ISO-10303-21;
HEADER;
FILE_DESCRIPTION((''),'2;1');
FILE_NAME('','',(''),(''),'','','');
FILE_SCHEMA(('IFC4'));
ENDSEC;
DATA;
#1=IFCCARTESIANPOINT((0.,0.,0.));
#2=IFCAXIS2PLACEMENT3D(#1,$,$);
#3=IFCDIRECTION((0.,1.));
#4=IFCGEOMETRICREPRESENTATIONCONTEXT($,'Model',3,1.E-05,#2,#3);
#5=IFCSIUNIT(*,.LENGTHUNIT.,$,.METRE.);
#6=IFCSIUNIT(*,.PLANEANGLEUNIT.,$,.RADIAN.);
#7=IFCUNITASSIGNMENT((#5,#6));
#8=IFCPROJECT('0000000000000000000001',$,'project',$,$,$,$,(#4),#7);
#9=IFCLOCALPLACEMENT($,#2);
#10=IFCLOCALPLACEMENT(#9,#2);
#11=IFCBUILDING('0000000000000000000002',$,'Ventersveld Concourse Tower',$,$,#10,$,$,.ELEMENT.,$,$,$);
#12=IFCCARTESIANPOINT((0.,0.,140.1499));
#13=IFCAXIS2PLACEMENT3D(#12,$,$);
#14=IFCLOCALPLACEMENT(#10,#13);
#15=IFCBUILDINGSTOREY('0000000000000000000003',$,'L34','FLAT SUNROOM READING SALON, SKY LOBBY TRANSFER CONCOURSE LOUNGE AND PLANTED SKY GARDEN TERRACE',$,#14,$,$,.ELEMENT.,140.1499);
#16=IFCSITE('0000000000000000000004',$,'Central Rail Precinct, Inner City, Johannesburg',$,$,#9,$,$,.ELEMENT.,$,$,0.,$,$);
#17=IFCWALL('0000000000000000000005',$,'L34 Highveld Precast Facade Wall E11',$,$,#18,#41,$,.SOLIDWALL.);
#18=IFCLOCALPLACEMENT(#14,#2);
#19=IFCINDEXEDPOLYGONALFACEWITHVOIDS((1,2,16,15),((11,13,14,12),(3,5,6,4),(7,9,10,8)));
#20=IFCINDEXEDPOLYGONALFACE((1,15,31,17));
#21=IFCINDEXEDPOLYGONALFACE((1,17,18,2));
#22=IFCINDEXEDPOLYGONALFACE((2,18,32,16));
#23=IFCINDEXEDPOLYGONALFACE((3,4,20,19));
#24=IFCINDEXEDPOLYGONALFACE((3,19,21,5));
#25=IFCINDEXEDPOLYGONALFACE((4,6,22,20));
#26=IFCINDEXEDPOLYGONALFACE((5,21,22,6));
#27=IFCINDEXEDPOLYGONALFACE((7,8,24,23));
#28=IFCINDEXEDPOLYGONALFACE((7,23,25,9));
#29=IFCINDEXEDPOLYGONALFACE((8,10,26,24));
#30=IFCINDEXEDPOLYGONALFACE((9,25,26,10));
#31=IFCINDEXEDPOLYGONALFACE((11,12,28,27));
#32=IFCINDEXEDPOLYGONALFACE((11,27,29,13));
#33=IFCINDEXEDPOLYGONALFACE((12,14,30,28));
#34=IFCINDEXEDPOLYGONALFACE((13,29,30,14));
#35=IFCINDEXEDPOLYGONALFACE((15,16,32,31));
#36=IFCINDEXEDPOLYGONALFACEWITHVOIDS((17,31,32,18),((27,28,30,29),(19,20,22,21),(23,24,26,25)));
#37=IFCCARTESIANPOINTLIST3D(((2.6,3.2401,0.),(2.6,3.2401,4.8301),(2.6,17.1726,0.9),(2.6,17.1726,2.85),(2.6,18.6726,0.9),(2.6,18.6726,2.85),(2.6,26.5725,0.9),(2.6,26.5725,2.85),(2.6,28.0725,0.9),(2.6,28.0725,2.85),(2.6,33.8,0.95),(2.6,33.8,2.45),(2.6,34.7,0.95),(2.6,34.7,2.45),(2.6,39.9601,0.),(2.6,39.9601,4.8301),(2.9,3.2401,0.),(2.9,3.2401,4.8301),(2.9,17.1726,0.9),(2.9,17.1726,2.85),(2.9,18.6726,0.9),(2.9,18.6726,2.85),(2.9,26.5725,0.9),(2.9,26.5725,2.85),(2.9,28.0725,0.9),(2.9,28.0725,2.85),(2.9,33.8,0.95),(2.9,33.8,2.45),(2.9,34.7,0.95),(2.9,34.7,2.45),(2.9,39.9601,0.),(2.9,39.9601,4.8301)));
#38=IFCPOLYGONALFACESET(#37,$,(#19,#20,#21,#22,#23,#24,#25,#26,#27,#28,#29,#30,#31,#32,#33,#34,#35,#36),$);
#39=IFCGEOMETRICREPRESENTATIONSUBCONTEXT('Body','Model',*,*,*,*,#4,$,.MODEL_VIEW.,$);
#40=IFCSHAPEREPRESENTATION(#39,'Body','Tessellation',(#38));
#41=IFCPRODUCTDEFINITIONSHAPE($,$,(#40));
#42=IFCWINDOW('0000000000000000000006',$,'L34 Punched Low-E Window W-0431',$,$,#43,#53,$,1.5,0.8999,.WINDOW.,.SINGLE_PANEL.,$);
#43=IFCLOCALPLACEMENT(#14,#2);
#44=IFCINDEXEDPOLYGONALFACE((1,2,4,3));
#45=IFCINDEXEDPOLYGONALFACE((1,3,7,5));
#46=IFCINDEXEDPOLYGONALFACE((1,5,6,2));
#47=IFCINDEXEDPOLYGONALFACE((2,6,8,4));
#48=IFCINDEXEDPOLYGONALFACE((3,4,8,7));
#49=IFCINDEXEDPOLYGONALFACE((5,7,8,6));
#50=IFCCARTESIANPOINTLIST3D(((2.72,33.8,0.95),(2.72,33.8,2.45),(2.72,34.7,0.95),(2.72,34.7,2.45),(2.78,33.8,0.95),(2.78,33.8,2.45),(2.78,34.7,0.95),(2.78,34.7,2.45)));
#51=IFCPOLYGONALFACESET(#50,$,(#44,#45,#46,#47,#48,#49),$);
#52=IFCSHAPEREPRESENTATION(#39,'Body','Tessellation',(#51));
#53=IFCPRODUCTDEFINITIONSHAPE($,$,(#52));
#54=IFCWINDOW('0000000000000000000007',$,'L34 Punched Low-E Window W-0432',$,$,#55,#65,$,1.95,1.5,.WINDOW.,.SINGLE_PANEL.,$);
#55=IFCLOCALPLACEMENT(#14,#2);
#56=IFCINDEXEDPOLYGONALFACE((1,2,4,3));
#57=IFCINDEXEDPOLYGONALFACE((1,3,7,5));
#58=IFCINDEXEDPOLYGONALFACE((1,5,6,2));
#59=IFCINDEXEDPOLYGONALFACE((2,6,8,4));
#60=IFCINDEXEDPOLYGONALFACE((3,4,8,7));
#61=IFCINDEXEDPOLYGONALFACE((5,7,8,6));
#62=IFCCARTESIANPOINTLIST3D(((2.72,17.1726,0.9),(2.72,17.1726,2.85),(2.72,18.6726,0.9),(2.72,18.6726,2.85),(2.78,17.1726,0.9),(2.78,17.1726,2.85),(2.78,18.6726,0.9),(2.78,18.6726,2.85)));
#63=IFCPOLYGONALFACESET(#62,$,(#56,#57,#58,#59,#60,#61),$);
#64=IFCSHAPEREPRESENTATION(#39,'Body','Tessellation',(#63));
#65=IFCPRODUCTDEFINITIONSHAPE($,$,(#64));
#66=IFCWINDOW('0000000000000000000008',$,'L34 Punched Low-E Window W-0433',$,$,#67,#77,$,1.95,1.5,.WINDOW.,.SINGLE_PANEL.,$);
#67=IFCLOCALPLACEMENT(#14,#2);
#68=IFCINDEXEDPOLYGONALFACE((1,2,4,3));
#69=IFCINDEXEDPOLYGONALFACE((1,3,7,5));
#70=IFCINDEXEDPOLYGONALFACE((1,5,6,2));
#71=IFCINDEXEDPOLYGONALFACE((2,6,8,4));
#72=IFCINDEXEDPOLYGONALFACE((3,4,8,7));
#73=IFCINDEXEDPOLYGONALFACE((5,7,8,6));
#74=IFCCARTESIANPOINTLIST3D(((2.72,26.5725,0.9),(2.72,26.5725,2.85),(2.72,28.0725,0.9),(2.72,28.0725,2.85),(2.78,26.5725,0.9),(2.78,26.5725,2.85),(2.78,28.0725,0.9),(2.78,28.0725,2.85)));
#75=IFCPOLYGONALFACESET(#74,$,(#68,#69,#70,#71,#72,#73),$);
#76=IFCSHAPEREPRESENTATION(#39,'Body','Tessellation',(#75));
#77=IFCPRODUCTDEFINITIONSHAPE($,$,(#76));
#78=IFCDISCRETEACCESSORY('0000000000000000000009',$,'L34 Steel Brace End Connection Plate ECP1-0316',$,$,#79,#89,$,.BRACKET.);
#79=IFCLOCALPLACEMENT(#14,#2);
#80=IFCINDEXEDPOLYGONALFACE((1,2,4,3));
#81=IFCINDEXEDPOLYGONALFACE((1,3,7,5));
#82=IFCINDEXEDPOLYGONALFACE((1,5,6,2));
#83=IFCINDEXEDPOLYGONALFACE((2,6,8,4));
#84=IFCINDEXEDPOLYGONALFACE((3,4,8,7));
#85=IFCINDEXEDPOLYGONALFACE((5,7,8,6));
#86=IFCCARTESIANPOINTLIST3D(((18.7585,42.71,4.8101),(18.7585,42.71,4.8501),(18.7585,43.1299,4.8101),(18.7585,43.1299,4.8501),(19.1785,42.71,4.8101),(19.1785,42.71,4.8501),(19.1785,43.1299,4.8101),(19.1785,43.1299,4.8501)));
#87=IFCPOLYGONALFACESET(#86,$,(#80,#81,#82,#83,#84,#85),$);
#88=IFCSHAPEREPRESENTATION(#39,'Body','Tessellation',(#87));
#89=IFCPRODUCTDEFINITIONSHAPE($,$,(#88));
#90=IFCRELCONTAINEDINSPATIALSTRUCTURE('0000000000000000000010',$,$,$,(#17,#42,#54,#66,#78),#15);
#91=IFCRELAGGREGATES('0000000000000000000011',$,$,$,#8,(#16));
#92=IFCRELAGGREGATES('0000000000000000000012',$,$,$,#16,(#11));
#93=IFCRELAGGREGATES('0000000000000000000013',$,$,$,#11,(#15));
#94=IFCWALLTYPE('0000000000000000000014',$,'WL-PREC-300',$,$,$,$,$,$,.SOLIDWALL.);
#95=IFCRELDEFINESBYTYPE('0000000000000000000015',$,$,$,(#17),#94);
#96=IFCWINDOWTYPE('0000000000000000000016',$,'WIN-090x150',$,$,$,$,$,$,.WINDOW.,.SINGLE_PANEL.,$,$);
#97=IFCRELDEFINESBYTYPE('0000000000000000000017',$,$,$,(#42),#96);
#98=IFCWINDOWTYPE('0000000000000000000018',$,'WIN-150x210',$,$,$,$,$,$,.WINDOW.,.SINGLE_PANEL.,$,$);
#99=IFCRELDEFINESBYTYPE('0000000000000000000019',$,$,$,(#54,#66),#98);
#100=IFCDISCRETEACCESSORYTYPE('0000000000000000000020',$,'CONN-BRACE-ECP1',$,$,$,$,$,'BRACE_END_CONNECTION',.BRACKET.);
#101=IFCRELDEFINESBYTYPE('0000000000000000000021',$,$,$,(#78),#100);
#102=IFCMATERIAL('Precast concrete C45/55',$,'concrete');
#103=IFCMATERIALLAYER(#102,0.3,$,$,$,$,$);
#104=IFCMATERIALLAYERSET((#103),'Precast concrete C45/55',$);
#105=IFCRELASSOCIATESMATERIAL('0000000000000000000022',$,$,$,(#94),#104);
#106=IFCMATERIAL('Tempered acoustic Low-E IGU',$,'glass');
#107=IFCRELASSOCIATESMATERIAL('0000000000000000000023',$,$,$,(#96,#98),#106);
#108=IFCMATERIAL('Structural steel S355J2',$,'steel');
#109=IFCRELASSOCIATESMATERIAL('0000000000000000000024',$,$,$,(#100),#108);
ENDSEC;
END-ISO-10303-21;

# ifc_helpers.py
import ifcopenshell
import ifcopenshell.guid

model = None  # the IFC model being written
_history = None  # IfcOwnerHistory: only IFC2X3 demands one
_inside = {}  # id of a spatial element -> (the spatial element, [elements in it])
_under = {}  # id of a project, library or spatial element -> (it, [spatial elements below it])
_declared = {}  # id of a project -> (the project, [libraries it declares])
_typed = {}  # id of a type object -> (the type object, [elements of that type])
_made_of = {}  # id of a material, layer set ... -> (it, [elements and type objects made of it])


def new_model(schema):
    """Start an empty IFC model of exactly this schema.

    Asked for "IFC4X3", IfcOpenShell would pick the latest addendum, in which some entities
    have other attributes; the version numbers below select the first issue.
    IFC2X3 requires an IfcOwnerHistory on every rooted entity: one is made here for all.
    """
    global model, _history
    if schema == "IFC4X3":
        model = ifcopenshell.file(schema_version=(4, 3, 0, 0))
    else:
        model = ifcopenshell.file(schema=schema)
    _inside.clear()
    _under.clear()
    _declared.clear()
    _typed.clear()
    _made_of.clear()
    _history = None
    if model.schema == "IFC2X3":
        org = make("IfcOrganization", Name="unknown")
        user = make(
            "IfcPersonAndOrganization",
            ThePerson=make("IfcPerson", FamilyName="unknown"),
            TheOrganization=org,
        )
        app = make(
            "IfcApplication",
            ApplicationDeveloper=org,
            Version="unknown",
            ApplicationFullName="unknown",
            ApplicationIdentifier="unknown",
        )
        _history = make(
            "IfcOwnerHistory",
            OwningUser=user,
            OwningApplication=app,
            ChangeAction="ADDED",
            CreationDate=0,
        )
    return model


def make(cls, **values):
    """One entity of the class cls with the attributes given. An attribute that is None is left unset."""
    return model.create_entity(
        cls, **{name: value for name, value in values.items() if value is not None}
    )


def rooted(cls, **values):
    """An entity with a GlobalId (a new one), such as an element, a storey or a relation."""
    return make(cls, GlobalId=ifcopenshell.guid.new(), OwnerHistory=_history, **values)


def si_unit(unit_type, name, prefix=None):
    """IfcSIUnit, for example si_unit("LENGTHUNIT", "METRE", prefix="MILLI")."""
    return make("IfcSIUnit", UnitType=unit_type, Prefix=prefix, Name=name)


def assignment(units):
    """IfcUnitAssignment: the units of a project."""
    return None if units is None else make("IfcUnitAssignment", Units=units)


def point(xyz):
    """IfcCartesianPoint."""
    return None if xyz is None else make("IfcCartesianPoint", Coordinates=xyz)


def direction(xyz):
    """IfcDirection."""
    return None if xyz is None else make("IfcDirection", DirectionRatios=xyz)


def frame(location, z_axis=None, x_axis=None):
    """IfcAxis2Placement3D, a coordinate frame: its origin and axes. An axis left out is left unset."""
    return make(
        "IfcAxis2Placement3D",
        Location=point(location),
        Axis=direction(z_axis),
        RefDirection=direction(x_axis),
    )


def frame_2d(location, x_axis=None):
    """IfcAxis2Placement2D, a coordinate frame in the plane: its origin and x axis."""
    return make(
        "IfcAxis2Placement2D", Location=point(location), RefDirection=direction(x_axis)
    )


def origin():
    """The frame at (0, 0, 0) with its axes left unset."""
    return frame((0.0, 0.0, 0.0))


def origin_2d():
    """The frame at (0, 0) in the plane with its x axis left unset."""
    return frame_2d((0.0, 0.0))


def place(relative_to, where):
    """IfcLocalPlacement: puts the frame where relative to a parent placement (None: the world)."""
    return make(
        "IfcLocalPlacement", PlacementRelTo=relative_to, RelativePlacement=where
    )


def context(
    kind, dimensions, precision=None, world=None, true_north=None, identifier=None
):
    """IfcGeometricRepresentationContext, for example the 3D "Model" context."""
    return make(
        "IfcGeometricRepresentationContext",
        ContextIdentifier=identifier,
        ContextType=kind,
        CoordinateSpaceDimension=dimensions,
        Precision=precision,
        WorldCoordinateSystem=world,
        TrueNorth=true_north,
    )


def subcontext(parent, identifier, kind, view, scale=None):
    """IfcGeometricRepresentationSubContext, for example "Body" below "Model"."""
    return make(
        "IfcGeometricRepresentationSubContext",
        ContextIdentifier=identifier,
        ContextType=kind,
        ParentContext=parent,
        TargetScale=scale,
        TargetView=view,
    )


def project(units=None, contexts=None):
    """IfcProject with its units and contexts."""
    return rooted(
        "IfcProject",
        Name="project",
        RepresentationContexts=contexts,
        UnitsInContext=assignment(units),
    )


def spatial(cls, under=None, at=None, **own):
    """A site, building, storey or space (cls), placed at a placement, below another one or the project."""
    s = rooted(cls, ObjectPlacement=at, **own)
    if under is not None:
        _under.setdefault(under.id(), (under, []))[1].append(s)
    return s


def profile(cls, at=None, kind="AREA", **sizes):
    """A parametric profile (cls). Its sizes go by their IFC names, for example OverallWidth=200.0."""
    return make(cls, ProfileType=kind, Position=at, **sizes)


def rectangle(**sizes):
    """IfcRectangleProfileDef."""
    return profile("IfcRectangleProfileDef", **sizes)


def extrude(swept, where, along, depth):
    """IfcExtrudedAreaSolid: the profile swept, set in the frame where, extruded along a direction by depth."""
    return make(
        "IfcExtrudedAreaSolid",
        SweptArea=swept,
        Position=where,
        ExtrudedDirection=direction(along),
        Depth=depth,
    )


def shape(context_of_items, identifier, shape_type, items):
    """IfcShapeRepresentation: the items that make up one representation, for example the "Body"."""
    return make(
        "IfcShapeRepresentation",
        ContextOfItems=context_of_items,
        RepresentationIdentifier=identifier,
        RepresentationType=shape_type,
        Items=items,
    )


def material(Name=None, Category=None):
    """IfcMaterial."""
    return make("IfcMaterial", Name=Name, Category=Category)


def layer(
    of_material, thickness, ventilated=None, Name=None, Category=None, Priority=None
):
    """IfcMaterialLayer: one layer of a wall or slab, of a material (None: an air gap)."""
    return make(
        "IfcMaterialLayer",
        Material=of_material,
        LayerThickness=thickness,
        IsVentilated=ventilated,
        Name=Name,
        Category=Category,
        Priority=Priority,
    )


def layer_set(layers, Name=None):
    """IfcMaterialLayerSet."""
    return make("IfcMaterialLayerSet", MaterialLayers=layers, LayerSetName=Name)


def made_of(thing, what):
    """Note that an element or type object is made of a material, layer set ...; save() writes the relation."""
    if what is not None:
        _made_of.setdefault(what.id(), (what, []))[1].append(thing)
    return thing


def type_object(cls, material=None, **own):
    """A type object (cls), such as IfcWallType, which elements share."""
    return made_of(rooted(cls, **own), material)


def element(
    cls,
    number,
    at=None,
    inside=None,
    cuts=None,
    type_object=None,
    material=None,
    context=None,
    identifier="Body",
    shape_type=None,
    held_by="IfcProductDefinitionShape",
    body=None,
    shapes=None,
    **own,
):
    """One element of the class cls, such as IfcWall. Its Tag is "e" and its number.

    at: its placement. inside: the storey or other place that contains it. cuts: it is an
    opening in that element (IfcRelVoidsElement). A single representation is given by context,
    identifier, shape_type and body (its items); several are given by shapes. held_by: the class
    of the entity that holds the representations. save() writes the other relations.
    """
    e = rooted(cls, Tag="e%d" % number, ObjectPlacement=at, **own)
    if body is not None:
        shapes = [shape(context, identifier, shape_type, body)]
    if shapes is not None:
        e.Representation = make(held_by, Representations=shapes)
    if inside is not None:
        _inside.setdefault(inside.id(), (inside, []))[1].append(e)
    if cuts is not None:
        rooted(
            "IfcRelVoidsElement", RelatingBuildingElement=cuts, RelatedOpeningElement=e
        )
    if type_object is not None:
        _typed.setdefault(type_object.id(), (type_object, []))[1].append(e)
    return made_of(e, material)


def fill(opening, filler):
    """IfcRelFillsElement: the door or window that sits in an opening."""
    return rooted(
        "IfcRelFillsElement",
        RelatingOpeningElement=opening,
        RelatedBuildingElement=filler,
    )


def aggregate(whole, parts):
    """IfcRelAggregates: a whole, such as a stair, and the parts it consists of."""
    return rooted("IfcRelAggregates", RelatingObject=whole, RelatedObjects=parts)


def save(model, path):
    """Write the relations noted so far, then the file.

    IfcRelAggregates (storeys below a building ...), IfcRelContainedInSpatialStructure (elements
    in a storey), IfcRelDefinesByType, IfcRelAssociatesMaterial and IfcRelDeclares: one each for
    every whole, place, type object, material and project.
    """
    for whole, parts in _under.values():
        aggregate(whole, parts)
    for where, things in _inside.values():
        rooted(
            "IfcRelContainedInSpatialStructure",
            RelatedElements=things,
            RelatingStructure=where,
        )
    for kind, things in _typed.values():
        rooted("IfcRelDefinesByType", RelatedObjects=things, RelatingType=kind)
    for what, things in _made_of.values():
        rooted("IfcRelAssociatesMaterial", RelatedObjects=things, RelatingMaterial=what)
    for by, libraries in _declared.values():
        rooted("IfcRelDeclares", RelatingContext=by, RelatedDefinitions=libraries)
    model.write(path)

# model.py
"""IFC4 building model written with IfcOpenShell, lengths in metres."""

from ifc_helpers import new_model, si_unit, direction, frame, frame_2d, origin, origin_2d, place, context, subcontext, project, spatial, rectangle, extrude, material, layer, layer_set, type_object, element, fill, save


model = new_model("IFC4")

# Units and contexts
model_context = context("Model", 3, precision=1e-05, world=origin(), true_north=direction((0.0, 1.0)))
body_context = subcontext(model_context, "Body", "Model", "MODEL_VIEW")
ifc_project = project(units=[si_unit("LENGTHUNIT", "METRE"), si_unit("PLANEANGLEUNIT", "RADIAN")], contexts=[model_context])

# Site, building, storey
site_placement = place(None, origin())
site = spatial("IfcSite", under=ifc_project, at=site_placement, Name="Central Rail Precinct, Inner City, Johannesburg", CompositionType="ELEMENT", RefElevation=0.0)
building_placement = place(site_placement, origin())
building = spatial("IfcBuilding", under=site, at=building_placement, Name="Ventersveld Concourse Tower", CompositionType="ELEMENT")
storey_placement = place(building_placement, frame((0.0, 0.0, 140.1499)))
storey = spatial("IfcBuildingStorey", under=building, at=storey_placement, Name="L34", Description="FLAT SUNROOM READING SALON, SKY LOBBY TRANSFER CONCOURSE LOUNGE AND PLANTED SKY GARDEN TERRACE", CompositionType="ELEMENT", Elevation=140.1499)

# Shared definitions
ifc_material_1 = material(Name="Structural steel S355J2", Category="steel")

# Shared definitions
ifc_material_2 = material(Name="Precast concrete C45/55", Category="concrete")
ifc_layer_1 = layer(ifc_material_2, 0.3)
ifc_layer_set_1 = layer_set([ifc_layer_1], Name="Precast concrete C45/55")
wall_type_1 = type_object("IfcWallType", Name="WL-PREC-300", PredefinedType="SOLIDWALL", material=ifc_layer_set_1)

# Wall, openings, windows
wall_1_placement = place(storey_placement, frame((2.75, 39.96, 0.0), z_axis=(0.0, 0.0, 1.0), x_axis=(0.0, -1.0, 0.0)))
wall_1 = element("IfcWall", 1, at=wall_1_placement, inside=storey, type_object=wall_type_1, Name="L34 Highveld Precast Facade Wall E11", PredefinedType="SOLIDWALL", context=body_context, shape_type="SweptSolid", body=[
    extrude(rectangle(XDim=36.72, YDim=0.3, at=frame_2d((18.3599, 0.0))), origin(), (0.0, 0.0, 1.0), 4.8301),
])
opening_1_placement = place(wall_1_placement, frame((5.26, 0.0, 0.95)))
opening_1 = element("IfcOpeningElement", 2, at=opening_1_placement, cuts=wall_1, PredefinedType="OPENING", context=body_context, shape_type="SweptSolid", body=[
    extrude(rectangle(XDim=0.8999, YDim=1.5, at=frame_2d((0.45, 0.75))), frame((0.0, 0.1602, 0.0), z_axis=(0.0, -1.0, 0.0), x_axis=(1.0, 0.0, 0.0)), (0.0, 0.0, 1.0), 0.3201),
])
opening_2_placement = place(wall_1_placement, frame((21.2874, 0.0, 0.8999)))
opening_2 = element("IfcOpeningElement", 3, at=opening_2_placement, cuts=wall_1, PredefinedType="OPENING", context=body_context, shape_type="SweptSolid", body=[
    extrude(rectangle(XDim=1.5, YDim=1.95, at=frame_2d((0.75, 0.9751))), frame((0.0, 0.1602, 0.0), z_axis=(0.0, -1.0, 0.0), x_axis=(1.0, 0.0, 0.0)), (0.0, 0.0, 1.0), 0.3201),
])
opening_3_placement = place(wall_1_placement, frame((11.8875, 0.0, 0.8999)))
opening_3 = element("IfcOpeningElement", 4, at=opening_3_placement, cuts=wall_1, PredefinedType="OPENING", context=body_context, shape_type="SweptSolid", body=[
    extrude(rectangle(XDim=1.5, YDim=1.95, at=frame_2d((0.75, 0.9751))), frame((0.0, 0.1602, 0.0), z_axis=(0.0, -1.0, 0.0), x_axis=(1.0, 0.0, 0.0)), (0.0, 0.0, 1.0), 0.3201),
])
ifc_material_3 = material(Name="Tempered acoustic Low-E IGU", Category="glass")
window_type_1 = type_object("IfcWindowType", Name="WIN-090x150", PartitioningType="SINGLE_PANEL", PredefinedType="WINDOW", material=ifc_material_3)
window_1_placement = place(opening_1_placement, origin())
window_1 = element("IfcWindow", 5, at=window_1_placement, inside=storey, type_object=window_type_1, Name="L34 Punched Low-E Window W-0431", OverallHeight=1.5, OverallWidth=0.8999, PartitioningType="SINGLE_PANEL", PredefinedType="WINDOW", context=body_context, shape_type="SweptSolid", body=[
    extrude(rectangle(XDim=0.8999, YDim=1.5, at=frame_2d((0.45, 0.75))), frame((0.0, 0.03, 0.0), z_axis=(0.0, -1.0, 0.0), x_axis=(1.0, 0.0, 0.0)), (0.0, 0.0, 1.0), 0.0601),
])
fill(opening_1, window_1)
window_type_2 = type_object("IfcWindowType", Name="WIN-150x210", PartitioningType="SINGLE_PANEL", PredefinedType="WINDOW", material=ifc_material_3)
window_2_placement = place(opening_2_placement, origin())
window_2 = element("IfcWindow", 6, at=window_2_placement, inside=storey, type_object=window_type_2, Name="L34 Punched Low-E Window W-0432", OverallHeight=1.95, OverallWidth=1.5, PartitioningType="SINGLE_PANEL", PredefinedType="WINDOW", context=body_context, shape_type="SweptSolid", body=[
    extrude(rectangle(XDim=1.5, YDim=1.95, at=frame_2d((0.75, 0.9751))), frame((0.0, 0.03, 0.0), z_axis=(0.0, -1.0, 0.0), x_axis=(1.0, 0.0, 0.0)), (0.0, 0.0, 1.0), 0.0601),
])
fill(opening_2, window_2)
window_3_placement = place(opening_3_placement, origin())
window_3 = element("IfcWindow", 7, at=window_3_placement, inside=storey, type_object=window_type_2, Name="L34 Punched Low-E Window W-0433", OverallHeight=1.95, OverallWidth=1.5, PartitioningType="SINGLE_PANEL", PredefinedType="WINDOW", context=body_context, shape_type="SweptSolid", body=[
    extrude(rectangle(XDim=1.5, YDim=1.95, at=frame_2d((0.75, 0.9751))), frame((0.0, 0.03, 0.0), z_axis=(0.0, -1.0, 0.0), x_axis=(1.0, 0.0, 0.0)), (0.0, 0.0, 1.0), 0.0601),
])
fill(opening_3, window_3)

# Discrete accessory
discrete_accessory_type = type_object("IfcDiscreteAccessoryType", Name="CONN-BRACE-ECP1", ElementType="BRACE_END_CONNECTION", PredefinedType="BRACKET", material=ifc_material_1)
discrete_accessory_placement = place(storey_placement, frame((18.9685, 42.9199, 4.8101), z_axis=(0.0, 0.0, 1.0), x_axis=(1.0, 0.0, 0.0)))
element("IfcDiscreteAccessory", 8, at=discrete_accessory_placement, inside=storey, type_object=discrete_accessory_type, Name="L34 Steel Brace End Connection Plate ECP1-0316", PredefinedType="BRACKET", context=body_context, shape_type="SweptSolid", body=[
    extrude(rectangle(XDim=0.4199, YDim=0.4199, at=origin_2d()), origin(), (0.0, 0.0, 1.0), 0.04),
])

save(model, "model.ifc")
